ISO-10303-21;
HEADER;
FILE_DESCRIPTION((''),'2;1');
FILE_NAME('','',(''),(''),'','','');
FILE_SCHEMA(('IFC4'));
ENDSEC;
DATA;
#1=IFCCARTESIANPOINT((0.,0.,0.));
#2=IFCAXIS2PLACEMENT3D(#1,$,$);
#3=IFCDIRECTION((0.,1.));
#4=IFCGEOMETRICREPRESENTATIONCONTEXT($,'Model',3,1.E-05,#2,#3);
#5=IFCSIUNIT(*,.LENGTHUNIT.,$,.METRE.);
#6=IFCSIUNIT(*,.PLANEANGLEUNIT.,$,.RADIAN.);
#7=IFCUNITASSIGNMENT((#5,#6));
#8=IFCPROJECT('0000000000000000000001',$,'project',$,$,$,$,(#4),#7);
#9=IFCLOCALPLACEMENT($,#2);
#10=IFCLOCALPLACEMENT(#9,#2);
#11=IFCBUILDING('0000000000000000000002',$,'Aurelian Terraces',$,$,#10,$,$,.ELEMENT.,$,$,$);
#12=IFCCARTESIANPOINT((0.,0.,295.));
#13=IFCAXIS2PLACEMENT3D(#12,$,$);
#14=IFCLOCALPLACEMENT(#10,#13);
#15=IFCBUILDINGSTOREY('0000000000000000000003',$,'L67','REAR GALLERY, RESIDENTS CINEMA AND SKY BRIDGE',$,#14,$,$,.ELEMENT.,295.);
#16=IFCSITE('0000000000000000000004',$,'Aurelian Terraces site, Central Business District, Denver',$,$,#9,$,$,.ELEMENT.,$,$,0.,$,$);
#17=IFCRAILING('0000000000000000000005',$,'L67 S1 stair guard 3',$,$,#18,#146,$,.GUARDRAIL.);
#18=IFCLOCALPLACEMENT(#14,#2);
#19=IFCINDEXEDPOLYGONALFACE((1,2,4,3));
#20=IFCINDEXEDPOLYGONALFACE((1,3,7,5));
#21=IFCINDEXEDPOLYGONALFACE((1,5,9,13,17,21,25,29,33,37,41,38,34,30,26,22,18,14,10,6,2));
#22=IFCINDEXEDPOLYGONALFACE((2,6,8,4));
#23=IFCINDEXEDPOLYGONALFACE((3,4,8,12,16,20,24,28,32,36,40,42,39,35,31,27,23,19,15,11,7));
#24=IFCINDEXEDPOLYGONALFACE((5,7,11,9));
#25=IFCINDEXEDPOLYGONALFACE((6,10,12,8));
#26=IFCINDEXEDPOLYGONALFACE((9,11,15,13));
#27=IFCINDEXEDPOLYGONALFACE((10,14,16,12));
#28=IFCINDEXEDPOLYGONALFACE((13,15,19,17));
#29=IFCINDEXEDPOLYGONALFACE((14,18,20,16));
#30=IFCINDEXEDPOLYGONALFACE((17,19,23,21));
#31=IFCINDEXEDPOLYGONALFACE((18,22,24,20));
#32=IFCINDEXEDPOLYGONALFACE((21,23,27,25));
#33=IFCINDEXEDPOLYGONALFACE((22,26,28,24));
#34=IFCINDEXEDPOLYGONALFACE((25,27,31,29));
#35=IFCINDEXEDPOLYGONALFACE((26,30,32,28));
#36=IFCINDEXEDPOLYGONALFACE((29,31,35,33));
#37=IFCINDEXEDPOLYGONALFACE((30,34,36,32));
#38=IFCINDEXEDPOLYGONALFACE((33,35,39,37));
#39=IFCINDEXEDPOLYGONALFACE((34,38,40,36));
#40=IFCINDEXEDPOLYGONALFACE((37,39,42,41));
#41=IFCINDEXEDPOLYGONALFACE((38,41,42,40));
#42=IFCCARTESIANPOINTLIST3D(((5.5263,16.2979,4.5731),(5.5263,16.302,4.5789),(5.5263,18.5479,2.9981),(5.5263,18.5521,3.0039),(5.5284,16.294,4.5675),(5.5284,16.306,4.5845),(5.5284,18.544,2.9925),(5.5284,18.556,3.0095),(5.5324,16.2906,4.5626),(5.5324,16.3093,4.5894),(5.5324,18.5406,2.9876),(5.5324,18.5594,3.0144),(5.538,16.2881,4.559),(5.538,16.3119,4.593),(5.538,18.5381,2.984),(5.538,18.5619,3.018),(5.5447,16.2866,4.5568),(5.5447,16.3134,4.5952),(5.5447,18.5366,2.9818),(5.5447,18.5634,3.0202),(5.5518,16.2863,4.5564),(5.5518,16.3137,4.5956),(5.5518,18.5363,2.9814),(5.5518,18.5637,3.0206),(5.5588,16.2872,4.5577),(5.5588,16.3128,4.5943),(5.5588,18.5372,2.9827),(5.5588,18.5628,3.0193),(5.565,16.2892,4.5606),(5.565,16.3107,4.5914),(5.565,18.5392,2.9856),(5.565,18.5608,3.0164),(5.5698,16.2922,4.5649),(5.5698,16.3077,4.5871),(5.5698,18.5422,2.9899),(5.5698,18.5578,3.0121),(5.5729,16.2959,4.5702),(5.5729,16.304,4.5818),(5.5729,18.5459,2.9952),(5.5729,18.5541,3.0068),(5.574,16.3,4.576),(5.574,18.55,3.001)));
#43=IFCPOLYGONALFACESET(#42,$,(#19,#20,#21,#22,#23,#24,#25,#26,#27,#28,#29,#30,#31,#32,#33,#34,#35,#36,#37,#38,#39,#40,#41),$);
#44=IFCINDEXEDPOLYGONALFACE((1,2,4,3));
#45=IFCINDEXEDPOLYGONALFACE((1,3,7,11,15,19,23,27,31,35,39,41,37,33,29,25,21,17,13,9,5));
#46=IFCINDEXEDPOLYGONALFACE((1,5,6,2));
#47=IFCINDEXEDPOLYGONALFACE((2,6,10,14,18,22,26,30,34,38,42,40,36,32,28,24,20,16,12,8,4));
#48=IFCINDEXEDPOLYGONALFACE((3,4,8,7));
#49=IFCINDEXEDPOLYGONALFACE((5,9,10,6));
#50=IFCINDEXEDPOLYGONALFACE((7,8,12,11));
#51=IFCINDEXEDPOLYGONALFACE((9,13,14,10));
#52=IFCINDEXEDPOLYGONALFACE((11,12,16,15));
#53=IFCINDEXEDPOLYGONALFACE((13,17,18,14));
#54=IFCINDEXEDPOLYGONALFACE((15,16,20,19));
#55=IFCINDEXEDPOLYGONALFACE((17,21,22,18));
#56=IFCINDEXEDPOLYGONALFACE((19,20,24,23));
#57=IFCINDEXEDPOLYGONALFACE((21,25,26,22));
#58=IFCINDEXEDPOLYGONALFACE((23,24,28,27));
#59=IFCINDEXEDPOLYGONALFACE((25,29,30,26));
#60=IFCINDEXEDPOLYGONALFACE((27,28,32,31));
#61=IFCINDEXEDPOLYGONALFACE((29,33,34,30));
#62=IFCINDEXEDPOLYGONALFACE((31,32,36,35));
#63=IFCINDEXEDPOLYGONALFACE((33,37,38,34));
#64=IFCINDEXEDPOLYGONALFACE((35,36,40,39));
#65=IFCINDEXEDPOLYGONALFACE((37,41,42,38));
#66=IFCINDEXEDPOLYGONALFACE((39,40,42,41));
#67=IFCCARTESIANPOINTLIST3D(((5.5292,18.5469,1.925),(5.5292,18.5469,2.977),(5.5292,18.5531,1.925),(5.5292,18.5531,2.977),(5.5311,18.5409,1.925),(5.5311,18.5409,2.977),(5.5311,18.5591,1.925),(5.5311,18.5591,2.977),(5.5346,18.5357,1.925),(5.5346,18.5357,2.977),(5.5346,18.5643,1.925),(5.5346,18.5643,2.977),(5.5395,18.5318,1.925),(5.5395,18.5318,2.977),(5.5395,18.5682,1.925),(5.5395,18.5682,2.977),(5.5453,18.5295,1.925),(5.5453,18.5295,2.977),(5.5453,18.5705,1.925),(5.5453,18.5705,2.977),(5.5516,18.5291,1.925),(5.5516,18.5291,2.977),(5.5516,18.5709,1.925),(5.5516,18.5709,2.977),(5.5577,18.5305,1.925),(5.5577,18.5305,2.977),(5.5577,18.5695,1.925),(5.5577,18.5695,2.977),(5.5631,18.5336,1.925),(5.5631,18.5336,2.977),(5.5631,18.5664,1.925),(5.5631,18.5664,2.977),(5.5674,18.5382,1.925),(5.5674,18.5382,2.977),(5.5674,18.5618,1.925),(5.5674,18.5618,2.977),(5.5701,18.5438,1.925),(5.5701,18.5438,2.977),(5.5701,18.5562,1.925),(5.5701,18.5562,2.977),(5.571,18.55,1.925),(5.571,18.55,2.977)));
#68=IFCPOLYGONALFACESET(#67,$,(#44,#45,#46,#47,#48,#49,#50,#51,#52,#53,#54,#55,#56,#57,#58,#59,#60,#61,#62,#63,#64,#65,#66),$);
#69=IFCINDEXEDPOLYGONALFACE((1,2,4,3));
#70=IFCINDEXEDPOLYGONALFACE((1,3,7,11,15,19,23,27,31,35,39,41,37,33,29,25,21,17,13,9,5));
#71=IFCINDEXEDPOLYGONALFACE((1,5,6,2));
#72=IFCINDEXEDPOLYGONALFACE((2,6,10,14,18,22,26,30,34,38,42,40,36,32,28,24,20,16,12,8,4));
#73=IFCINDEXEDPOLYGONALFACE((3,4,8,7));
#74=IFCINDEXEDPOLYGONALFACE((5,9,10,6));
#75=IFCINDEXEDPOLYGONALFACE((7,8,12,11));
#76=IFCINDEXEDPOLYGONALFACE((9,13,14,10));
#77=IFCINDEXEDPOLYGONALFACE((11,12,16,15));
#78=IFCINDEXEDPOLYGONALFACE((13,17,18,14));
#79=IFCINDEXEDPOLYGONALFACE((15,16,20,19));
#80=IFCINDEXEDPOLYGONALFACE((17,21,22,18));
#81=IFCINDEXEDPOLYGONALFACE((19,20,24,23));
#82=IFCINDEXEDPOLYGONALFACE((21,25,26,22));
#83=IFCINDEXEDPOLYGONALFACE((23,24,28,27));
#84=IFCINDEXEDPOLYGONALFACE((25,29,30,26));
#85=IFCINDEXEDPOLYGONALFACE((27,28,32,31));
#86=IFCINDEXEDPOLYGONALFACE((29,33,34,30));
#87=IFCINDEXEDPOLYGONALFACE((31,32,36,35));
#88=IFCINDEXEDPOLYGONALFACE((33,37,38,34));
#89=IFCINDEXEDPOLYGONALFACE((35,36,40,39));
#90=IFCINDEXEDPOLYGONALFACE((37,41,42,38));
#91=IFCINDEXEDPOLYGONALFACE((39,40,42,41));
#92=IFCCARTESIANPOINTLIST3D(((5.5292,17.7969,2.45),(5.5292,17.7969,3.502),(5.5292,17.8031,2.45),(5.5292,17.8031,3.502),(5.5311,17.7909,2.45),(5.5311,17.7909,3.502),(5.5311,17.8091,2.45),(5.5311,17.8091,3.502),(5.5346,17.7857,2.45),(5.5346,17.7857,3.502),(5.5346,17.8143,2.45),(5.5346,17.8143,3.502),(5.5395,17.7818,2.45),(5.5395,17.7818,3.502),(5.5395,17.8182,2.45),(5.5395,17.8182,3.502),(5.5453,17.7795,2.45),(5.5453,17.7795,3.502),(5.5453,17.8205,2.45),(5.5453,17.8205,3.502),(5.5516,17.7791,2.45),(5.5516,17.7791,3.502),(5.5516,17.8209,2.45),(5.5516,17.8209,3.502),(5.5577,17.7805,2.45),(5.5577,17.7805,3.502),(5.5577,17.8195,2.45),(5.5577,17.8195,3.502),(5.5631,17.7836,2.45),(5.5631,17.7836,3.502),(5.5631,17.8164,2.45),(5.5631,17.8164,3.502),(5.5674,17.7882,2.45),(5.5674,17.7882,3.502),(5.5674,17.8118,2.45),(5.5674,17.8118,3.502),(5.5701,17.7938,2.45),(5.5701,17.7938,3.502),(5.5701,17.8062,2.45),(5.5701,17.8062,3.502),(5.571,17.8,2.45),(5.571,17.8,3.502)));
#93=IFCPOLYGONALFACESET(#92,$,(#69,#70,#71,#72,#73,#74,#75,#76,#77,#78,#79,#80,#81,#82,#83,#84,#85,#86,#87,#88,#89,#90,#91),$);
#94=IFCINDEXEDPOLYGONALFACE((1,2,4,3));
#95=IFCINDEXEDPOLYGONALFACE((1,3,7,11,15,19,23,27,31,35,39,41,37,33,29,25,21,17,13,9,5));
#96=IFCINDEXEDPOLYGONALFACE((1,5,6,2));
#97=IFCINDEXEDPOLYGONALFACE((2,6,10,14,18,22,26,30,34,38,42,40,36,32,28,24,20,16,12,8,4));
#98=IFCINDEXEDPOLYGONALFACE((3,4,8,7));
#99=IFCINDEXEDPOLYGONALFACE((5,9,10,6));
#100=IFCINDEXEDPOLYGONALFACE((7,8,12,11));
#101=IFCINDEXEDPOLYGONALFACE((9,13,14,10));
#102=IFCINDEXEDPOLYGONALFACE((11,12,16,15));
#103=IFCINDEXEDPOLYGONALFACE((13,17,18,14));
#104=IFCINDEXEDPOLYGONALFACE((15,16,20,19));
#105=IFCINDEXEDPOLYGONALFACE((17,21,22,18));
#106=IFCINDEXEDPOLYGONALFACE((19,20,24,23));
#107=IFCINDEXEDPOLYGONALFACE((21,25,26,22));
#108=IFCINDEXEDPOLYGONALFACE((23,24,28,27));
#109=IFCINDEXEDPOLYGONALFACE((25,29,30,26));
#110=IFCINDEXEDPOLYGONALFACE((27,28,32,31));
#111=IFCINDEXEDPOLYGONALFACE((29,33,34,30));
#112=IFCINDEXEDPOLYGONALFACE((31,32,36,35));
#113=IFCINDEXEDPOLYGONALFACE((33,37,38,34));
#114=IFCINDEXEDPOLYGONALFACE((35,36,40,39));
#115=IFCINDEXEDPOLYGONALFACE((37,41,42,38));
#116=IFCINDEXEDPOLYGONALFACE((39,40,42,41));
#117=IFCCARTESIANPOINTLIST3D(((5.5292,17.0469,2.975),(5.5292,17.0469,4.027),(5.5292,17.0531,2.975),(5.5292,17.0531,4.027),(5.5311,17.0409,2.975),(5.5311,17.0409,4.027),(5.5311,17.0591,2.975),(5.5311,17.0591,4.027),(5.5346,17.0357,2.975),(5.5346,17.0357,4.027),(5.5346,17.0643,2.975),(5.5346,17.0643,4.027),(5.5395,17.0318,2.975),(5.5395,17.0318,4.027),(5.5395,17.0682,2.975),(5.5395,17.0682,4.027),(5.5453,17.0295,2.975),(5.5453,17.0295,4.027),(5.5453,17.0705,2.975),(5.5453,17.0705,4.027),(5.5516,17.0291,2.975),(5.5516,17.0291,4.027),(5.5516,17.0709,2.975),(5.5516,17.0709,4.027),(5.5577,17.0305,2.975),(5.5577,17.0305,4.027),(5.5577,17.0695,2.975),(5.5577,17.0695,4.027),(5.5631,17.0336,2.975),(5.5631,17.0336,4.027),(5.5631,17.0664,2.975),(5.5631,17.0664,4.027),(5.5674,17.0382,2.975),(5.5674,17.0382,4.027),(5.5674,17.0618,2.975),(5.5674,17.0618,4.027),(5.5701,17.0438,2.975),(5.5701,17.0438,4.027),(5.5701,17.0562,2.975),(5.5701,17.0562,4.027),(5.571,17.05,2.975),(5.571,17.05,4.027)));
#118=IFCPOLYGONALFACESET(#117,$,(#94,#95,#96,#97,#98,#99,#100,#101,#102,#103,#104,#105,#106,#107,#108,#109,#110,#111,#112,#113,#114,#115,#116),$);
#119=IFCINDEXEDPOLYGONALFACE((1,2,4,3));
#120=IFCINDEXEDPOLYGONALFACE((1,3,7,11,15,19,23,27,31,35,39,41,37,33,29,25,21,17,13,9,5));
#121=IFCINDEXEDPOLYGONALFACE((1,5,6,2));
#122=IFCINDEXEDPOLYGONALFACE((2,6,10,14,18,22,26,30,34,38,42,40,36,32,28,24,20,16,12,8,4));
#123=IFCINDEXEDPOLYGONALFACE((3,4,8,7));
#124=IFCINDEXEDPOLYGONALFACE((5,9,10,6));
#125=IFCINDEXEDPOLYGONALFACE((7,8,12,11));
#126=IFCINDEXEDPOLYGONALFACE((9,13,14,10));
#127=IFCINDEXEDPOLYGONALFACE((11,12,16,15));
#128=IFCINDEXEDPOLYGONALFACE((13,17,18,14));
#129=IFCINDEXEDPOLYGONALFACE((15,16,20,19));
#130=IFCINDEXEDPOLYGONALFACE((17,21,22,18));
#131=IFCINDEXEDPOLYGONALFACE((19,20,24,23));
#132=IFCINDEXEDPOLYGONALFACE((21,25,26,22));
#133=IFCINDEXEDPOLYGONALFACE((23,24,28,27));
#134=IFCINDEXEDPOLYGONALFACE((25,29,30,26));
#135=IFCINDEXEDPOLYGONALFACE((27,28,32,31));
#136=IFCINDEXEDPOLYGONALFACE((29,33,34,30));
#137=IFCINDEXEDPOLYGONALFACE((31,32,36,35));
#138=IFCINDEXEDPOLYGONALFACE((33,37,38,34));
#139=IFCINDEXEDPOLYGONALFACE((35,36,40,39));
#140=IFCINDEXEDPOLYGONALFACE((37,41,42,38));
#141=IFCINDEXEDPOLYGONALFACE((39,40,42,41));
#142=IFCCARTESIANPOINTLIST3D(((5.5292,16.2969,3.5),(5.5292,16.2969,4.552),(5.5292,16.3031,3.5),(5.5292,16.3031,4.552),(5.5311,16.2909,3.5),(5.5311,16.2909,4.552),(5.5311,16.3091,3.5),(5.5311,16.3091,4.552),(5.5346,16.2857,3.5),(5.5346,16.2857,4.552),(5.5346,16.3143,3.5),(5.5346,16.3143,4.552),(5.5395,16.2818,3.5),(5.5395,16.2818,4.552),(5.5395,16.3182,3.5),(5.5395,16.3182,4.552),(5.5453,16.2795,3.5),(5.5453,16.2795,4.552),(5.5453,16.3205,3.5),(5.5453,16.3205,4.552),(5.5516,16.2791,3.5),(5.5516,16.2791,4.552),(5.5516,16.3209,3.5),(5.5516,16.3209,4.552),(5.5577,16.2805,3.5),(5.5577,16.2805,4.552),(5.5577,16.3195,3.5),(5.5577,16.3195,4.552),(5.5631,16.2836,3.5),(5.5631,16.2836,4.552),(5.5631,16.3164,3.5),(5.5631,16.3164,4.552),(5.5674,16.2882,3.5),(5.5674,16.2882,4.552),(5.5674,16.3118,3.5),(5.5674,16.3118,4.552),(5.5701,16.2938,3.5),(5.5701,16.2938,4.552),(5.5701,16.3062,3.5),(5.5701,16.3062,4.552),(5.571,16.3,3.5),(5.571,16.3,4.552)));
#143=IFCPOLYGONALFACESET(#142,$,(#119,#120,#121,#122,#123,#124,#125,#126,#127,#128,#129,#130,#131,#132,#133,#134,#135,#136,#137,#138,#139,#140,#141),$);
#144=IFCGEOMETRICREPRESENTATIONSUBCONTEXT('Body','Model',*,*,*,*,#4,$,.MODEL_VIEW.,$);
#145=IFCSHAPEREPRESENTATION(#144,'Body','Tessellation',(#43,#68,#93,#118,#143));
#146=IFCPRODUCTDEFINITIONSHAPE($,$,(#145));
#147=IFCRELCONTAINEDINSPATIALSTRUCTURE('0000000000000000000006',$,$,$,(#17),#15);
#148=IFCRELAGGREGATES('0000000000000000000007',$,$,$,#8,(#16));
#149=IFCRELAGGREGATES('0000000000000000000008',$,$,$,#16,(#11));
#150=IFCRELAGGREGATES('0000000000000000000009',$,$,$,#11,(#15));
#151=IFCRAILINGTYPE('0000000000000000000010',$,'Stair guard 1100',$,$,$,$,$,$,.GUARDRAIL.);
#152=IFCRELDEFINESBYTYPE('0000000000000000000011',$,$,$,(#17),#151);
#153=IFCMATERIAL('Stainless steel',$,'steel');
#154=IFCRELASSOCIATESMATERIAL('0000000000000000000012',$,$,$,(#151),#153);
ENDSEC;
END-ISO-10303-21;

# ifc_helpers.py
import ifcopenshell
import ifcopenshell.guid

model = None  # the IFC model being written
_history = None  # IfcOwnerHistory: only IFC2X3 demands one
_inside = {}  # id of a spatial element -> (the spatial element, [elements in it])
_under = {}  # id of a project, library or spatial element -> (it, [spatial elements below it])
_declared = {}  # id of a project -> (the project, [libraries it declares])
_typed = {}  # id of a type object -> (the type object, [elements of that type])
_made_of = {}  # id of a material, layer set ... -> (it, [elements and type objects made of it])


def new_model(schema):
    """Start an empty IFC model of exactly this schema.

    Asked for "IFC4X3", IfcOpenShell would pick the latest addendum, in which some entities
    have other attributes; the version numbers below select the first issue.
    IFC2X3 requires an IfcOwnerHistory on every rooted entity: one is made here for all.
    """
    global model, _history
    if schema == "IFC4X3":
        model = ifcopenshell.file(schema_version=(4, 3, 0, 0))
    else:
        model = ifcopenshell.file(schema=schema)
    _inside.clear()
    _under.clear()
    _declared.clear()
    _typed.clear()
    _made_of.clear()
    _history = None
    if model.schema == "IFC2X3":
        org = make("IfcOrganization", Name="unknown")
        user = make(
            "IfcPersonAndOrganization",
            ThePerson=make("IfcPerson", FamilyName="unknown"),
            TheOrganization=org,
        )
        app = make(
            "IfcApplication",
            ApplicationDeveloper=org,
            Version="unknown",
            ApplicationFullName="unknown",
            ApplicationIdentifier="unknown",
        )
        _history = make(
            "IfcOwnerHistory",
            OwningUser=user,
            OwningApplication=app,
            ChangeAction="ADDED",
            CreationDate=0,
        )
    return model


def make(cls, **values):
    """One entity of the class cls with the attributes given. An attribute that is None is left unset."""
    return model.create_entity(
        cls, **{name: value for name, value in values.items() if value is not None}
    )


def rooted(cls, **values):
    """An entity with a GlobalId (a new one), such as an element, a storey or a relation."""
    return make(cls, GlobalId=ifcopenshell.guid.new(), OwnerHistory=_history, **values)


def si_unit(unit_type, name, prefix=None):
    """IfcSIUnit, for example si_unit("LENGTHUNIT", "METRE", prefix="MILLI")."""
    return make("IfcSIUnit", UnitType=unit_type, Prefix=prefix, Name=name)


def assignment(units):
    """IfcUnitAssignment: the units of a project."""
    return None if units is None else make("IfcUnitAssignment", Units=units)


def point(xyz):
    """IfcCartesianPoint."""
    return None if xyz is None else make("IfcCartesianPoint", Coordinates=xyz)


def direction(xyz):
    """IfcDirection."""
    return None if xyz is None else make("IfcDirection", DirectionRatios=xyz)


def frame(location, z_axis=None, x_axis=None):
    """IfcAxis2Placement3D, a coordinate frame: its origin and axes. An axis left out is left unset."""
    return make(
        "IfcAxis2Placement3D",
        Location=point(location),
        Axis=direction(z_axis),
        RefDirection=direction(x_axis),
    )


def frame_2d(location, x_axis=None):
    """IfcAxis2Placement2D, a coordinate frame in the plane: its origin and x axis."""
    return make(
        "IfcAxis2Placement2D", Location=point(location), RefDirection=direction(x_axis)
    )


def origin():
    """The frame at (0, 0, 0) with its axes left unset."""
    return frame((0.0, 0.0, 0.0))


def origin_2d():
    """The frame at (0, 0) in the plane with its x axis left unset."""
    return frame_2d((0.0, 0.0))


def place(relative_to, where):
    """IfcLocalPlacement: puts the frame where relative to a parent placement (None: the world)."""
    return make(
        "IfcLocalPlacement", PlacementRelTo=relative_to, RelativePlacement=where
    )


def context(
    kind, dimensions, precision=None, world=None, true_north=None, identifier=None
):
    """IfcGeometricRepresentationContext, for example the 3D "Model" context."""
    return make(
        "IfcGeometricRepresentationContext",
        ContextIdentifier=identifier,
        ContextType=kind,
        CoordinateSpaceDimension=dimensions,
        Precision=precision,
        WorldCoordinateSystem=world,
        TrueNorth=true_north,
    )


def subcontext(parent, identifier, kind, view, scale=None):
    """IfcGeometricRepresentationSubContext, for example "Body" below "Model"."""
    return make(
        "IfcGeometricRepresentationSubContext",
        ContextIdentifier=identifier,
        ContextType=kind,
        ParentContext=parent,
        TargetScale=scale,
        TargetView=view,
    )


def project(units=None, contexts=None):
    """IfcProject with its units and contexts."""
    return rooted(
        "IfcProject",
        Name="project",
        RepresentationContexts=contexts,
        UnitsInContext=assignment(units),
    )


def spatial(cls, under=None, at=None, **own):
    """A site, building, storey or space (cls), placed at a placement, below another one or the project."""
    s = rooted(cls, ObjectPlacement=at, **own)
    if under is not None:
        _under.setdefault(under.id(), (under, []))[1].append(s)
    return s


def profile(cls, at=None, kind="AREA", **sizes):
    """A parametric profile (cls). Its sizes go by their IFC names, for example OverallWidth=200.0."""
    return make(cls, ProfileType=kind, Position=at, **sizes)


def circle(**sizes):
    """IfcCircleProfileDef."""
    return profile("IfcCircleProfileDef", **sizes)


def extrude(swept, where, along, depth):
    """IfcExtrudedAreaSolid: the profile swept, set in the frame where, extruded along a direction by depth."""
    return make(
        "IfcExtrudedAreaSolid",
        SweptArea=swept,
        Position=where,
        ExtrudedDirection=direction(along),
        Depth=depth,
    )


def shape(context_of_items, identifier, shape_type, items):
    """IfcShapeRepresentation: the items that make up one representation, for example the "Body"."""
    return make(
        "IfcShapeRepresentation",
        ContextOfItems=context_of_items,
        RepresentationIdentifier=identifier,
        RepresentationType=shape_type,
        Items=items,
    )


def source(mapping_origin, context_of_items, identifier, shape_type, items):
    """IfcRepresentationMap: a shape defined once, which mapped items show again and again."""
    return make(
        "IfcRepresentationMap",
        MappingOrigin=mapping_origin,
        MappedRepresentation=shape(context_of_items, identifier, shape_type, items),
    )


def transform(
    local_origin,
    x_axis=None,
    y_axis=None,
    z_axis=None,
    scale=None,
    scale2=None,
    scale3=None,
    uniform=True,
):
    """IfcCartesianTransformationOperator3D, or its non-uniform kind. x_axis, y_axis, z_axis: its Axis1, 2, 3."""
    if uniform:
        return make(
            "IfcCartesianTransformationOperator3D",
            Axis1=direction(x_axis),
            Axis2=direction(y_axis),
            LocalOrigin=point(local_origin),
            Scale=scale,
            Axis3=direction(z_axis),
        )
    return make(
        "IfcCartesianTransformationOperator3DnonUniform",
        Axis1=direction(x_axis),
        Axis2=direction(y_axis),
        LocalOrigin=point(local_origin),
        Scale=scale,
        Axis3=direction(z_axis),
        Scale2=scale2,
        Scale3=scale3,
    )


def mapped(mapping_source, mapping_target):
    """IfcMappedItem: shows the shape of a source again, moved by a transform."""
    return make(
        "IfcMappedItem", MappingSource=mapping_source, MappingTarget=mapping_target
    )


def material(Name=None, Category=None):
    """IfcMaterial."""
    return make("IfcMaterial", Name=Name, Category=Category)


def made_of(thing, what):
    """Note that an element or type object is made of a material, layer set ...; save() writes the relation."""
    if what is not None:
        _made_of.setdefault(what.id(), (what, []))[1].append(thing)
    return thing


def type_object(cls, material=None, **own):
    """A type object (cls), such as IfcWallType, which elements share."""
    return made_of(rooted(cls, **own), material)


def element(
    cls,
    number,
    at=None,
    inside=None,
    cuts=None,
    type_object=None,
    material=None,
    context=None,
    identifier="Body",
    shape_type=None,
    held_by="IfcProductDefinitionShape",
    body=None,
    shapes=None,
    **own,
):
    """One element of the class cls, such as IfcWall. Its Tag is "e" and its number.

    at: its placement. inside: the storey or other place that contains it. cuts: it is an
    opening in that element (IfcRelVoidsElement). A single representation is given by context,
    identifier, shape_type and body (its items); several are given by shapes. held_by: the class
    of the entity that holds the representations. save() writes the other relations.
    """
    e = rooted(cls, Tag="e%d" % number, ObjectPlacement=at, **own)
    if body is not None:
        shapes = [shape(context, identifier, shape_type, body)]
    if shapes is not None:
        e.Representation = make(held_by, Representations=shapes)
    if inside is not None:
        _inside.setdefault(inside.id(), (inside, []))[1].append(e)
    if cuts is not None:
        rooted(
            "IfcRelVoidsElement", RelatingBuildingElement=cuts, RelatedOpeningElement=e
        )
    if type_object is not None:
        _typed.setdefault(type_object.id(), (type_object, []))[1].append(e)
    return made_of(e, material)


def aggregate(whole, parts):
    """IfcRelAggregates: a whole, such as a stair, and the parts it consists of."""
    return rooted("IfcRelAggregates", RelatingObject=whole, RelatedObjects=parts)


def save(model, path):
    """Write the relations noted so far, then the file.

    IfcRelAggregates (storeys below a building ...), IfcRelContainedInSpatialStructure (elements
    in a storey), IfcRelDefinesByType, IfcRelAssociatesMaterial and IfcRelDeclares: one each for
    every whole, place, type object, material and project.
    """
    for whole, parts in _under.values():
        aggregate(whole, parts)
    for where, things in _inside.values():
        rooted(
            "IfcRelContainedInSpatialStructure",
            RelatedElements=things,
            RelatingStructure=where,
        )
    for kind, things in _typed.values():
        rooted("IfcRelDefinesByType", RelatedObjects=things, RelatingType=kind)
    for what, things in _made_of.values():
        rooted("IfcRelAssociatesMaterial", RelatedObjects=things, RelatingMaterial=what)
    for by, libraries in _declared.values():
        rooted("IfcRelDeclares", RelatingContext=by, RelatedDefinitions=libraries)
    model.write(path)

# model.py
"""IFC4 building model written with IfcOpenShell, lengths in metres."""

from ifc_helpers import new_model, si_unit, direction, frame, origin, origin_2d, place, context, subcontext, project, spatial, circle, extrude, source, transform, mapped, material, type_object, element, save


model = new_model("IFC4")

# Units and contexts
model_context = context("Model", 3, precision=1e-05, world=origin(), true_north=direction((0.0, 1.0)))
body_context = subcontext(model_context, "Body", "Model", "MODEL_VIEW")
ifc_project = project(units=[si_unit("LENGTHUNIT", "METRE"), si_unit("PLANEANGLEUNIT", "RADIAN")], contexts=[model_context])

# Site, building, storey
site_placement = place(None, origin())
site = spatial("IfcSite", under=ifc_project, at=site_placement, Name="Aurelian Terraces site, Central Business District, Denver", CompositionType="ELEMENT", RefElevation=0.0)
building_placement = place(site_placement, origin())
building = spatial("IfcBuilding", under=site, at=building_placement, Name="Aurelian Terraces", CompositionType="ELEMENT")
storey_placement = place(building_placement, frame((0.0, 0.0, 295.0)))
storey = spatial("IfcBuildingStorey", under=building, at=storey_placement, Name="L67", Description="REAR GALLERY, RESIDENTS CINEMA AND SKY BRIDGE", CompositionType="ELEMENT", Elevation=295.0)

# Railing
ifc_material_1 = material(Name="Stainless steel", Category="steel")
railing_type_1 = type_object("IfcRailingType", Name="Stair guard 1100", PredefinedType="GUARDRAIL", material=ifc_material_1)
shared_shape_1 = source(origin(), body_context, "Body", "SweptSolid", [
    extrude(circle(Radius=0.024, at=origin_2d()), frame((0.0, 0.0, 1.076), z_axis=(0.0, -0.819232, 0.573462), x_axis=(1.0, 0.0, 0.0)), (0.0, 0.0, 1.0), 2.7465),
    extrude(circle(Radius=0.021, at=origin_2d()), origin(), (0.0, 0.0, 1.0), 1.052),
    extrude(circle(Radius=0.021, at=origin_2d()), frame((0.0, -0.75, 0.525)), (0.0, 0.0, 1.0), 1.052),
    extrude(circle(Radius=0.021, at=origin_2d()), frame((0.0, -1.5, 1.05)), (0.0, 0.0, 1.0), 1.052),
    extrude(circle(Radius=0.021, at=origin_2d()), frame((0.0, -2.25, 1.575)), (0.0, 0.0, 1.0), 1.052),
])
railing_1_placement = place(storey_placement, frame((5.55, 18.55, 1.925)))
element("IfcRailing", 1, at=railing_1_placement, inside=storey, type_object=railing_type_1, Name="L67 S1 stair guard 3", PredefinedType="GUARDRAIL", context=body_context, shape_type="MappedRepresentation", body=[
    mapped(shared_shape_1, transform((0.0, 0.0, 0.0), scale=1.0)),
])

save(model, "model.ifc")
